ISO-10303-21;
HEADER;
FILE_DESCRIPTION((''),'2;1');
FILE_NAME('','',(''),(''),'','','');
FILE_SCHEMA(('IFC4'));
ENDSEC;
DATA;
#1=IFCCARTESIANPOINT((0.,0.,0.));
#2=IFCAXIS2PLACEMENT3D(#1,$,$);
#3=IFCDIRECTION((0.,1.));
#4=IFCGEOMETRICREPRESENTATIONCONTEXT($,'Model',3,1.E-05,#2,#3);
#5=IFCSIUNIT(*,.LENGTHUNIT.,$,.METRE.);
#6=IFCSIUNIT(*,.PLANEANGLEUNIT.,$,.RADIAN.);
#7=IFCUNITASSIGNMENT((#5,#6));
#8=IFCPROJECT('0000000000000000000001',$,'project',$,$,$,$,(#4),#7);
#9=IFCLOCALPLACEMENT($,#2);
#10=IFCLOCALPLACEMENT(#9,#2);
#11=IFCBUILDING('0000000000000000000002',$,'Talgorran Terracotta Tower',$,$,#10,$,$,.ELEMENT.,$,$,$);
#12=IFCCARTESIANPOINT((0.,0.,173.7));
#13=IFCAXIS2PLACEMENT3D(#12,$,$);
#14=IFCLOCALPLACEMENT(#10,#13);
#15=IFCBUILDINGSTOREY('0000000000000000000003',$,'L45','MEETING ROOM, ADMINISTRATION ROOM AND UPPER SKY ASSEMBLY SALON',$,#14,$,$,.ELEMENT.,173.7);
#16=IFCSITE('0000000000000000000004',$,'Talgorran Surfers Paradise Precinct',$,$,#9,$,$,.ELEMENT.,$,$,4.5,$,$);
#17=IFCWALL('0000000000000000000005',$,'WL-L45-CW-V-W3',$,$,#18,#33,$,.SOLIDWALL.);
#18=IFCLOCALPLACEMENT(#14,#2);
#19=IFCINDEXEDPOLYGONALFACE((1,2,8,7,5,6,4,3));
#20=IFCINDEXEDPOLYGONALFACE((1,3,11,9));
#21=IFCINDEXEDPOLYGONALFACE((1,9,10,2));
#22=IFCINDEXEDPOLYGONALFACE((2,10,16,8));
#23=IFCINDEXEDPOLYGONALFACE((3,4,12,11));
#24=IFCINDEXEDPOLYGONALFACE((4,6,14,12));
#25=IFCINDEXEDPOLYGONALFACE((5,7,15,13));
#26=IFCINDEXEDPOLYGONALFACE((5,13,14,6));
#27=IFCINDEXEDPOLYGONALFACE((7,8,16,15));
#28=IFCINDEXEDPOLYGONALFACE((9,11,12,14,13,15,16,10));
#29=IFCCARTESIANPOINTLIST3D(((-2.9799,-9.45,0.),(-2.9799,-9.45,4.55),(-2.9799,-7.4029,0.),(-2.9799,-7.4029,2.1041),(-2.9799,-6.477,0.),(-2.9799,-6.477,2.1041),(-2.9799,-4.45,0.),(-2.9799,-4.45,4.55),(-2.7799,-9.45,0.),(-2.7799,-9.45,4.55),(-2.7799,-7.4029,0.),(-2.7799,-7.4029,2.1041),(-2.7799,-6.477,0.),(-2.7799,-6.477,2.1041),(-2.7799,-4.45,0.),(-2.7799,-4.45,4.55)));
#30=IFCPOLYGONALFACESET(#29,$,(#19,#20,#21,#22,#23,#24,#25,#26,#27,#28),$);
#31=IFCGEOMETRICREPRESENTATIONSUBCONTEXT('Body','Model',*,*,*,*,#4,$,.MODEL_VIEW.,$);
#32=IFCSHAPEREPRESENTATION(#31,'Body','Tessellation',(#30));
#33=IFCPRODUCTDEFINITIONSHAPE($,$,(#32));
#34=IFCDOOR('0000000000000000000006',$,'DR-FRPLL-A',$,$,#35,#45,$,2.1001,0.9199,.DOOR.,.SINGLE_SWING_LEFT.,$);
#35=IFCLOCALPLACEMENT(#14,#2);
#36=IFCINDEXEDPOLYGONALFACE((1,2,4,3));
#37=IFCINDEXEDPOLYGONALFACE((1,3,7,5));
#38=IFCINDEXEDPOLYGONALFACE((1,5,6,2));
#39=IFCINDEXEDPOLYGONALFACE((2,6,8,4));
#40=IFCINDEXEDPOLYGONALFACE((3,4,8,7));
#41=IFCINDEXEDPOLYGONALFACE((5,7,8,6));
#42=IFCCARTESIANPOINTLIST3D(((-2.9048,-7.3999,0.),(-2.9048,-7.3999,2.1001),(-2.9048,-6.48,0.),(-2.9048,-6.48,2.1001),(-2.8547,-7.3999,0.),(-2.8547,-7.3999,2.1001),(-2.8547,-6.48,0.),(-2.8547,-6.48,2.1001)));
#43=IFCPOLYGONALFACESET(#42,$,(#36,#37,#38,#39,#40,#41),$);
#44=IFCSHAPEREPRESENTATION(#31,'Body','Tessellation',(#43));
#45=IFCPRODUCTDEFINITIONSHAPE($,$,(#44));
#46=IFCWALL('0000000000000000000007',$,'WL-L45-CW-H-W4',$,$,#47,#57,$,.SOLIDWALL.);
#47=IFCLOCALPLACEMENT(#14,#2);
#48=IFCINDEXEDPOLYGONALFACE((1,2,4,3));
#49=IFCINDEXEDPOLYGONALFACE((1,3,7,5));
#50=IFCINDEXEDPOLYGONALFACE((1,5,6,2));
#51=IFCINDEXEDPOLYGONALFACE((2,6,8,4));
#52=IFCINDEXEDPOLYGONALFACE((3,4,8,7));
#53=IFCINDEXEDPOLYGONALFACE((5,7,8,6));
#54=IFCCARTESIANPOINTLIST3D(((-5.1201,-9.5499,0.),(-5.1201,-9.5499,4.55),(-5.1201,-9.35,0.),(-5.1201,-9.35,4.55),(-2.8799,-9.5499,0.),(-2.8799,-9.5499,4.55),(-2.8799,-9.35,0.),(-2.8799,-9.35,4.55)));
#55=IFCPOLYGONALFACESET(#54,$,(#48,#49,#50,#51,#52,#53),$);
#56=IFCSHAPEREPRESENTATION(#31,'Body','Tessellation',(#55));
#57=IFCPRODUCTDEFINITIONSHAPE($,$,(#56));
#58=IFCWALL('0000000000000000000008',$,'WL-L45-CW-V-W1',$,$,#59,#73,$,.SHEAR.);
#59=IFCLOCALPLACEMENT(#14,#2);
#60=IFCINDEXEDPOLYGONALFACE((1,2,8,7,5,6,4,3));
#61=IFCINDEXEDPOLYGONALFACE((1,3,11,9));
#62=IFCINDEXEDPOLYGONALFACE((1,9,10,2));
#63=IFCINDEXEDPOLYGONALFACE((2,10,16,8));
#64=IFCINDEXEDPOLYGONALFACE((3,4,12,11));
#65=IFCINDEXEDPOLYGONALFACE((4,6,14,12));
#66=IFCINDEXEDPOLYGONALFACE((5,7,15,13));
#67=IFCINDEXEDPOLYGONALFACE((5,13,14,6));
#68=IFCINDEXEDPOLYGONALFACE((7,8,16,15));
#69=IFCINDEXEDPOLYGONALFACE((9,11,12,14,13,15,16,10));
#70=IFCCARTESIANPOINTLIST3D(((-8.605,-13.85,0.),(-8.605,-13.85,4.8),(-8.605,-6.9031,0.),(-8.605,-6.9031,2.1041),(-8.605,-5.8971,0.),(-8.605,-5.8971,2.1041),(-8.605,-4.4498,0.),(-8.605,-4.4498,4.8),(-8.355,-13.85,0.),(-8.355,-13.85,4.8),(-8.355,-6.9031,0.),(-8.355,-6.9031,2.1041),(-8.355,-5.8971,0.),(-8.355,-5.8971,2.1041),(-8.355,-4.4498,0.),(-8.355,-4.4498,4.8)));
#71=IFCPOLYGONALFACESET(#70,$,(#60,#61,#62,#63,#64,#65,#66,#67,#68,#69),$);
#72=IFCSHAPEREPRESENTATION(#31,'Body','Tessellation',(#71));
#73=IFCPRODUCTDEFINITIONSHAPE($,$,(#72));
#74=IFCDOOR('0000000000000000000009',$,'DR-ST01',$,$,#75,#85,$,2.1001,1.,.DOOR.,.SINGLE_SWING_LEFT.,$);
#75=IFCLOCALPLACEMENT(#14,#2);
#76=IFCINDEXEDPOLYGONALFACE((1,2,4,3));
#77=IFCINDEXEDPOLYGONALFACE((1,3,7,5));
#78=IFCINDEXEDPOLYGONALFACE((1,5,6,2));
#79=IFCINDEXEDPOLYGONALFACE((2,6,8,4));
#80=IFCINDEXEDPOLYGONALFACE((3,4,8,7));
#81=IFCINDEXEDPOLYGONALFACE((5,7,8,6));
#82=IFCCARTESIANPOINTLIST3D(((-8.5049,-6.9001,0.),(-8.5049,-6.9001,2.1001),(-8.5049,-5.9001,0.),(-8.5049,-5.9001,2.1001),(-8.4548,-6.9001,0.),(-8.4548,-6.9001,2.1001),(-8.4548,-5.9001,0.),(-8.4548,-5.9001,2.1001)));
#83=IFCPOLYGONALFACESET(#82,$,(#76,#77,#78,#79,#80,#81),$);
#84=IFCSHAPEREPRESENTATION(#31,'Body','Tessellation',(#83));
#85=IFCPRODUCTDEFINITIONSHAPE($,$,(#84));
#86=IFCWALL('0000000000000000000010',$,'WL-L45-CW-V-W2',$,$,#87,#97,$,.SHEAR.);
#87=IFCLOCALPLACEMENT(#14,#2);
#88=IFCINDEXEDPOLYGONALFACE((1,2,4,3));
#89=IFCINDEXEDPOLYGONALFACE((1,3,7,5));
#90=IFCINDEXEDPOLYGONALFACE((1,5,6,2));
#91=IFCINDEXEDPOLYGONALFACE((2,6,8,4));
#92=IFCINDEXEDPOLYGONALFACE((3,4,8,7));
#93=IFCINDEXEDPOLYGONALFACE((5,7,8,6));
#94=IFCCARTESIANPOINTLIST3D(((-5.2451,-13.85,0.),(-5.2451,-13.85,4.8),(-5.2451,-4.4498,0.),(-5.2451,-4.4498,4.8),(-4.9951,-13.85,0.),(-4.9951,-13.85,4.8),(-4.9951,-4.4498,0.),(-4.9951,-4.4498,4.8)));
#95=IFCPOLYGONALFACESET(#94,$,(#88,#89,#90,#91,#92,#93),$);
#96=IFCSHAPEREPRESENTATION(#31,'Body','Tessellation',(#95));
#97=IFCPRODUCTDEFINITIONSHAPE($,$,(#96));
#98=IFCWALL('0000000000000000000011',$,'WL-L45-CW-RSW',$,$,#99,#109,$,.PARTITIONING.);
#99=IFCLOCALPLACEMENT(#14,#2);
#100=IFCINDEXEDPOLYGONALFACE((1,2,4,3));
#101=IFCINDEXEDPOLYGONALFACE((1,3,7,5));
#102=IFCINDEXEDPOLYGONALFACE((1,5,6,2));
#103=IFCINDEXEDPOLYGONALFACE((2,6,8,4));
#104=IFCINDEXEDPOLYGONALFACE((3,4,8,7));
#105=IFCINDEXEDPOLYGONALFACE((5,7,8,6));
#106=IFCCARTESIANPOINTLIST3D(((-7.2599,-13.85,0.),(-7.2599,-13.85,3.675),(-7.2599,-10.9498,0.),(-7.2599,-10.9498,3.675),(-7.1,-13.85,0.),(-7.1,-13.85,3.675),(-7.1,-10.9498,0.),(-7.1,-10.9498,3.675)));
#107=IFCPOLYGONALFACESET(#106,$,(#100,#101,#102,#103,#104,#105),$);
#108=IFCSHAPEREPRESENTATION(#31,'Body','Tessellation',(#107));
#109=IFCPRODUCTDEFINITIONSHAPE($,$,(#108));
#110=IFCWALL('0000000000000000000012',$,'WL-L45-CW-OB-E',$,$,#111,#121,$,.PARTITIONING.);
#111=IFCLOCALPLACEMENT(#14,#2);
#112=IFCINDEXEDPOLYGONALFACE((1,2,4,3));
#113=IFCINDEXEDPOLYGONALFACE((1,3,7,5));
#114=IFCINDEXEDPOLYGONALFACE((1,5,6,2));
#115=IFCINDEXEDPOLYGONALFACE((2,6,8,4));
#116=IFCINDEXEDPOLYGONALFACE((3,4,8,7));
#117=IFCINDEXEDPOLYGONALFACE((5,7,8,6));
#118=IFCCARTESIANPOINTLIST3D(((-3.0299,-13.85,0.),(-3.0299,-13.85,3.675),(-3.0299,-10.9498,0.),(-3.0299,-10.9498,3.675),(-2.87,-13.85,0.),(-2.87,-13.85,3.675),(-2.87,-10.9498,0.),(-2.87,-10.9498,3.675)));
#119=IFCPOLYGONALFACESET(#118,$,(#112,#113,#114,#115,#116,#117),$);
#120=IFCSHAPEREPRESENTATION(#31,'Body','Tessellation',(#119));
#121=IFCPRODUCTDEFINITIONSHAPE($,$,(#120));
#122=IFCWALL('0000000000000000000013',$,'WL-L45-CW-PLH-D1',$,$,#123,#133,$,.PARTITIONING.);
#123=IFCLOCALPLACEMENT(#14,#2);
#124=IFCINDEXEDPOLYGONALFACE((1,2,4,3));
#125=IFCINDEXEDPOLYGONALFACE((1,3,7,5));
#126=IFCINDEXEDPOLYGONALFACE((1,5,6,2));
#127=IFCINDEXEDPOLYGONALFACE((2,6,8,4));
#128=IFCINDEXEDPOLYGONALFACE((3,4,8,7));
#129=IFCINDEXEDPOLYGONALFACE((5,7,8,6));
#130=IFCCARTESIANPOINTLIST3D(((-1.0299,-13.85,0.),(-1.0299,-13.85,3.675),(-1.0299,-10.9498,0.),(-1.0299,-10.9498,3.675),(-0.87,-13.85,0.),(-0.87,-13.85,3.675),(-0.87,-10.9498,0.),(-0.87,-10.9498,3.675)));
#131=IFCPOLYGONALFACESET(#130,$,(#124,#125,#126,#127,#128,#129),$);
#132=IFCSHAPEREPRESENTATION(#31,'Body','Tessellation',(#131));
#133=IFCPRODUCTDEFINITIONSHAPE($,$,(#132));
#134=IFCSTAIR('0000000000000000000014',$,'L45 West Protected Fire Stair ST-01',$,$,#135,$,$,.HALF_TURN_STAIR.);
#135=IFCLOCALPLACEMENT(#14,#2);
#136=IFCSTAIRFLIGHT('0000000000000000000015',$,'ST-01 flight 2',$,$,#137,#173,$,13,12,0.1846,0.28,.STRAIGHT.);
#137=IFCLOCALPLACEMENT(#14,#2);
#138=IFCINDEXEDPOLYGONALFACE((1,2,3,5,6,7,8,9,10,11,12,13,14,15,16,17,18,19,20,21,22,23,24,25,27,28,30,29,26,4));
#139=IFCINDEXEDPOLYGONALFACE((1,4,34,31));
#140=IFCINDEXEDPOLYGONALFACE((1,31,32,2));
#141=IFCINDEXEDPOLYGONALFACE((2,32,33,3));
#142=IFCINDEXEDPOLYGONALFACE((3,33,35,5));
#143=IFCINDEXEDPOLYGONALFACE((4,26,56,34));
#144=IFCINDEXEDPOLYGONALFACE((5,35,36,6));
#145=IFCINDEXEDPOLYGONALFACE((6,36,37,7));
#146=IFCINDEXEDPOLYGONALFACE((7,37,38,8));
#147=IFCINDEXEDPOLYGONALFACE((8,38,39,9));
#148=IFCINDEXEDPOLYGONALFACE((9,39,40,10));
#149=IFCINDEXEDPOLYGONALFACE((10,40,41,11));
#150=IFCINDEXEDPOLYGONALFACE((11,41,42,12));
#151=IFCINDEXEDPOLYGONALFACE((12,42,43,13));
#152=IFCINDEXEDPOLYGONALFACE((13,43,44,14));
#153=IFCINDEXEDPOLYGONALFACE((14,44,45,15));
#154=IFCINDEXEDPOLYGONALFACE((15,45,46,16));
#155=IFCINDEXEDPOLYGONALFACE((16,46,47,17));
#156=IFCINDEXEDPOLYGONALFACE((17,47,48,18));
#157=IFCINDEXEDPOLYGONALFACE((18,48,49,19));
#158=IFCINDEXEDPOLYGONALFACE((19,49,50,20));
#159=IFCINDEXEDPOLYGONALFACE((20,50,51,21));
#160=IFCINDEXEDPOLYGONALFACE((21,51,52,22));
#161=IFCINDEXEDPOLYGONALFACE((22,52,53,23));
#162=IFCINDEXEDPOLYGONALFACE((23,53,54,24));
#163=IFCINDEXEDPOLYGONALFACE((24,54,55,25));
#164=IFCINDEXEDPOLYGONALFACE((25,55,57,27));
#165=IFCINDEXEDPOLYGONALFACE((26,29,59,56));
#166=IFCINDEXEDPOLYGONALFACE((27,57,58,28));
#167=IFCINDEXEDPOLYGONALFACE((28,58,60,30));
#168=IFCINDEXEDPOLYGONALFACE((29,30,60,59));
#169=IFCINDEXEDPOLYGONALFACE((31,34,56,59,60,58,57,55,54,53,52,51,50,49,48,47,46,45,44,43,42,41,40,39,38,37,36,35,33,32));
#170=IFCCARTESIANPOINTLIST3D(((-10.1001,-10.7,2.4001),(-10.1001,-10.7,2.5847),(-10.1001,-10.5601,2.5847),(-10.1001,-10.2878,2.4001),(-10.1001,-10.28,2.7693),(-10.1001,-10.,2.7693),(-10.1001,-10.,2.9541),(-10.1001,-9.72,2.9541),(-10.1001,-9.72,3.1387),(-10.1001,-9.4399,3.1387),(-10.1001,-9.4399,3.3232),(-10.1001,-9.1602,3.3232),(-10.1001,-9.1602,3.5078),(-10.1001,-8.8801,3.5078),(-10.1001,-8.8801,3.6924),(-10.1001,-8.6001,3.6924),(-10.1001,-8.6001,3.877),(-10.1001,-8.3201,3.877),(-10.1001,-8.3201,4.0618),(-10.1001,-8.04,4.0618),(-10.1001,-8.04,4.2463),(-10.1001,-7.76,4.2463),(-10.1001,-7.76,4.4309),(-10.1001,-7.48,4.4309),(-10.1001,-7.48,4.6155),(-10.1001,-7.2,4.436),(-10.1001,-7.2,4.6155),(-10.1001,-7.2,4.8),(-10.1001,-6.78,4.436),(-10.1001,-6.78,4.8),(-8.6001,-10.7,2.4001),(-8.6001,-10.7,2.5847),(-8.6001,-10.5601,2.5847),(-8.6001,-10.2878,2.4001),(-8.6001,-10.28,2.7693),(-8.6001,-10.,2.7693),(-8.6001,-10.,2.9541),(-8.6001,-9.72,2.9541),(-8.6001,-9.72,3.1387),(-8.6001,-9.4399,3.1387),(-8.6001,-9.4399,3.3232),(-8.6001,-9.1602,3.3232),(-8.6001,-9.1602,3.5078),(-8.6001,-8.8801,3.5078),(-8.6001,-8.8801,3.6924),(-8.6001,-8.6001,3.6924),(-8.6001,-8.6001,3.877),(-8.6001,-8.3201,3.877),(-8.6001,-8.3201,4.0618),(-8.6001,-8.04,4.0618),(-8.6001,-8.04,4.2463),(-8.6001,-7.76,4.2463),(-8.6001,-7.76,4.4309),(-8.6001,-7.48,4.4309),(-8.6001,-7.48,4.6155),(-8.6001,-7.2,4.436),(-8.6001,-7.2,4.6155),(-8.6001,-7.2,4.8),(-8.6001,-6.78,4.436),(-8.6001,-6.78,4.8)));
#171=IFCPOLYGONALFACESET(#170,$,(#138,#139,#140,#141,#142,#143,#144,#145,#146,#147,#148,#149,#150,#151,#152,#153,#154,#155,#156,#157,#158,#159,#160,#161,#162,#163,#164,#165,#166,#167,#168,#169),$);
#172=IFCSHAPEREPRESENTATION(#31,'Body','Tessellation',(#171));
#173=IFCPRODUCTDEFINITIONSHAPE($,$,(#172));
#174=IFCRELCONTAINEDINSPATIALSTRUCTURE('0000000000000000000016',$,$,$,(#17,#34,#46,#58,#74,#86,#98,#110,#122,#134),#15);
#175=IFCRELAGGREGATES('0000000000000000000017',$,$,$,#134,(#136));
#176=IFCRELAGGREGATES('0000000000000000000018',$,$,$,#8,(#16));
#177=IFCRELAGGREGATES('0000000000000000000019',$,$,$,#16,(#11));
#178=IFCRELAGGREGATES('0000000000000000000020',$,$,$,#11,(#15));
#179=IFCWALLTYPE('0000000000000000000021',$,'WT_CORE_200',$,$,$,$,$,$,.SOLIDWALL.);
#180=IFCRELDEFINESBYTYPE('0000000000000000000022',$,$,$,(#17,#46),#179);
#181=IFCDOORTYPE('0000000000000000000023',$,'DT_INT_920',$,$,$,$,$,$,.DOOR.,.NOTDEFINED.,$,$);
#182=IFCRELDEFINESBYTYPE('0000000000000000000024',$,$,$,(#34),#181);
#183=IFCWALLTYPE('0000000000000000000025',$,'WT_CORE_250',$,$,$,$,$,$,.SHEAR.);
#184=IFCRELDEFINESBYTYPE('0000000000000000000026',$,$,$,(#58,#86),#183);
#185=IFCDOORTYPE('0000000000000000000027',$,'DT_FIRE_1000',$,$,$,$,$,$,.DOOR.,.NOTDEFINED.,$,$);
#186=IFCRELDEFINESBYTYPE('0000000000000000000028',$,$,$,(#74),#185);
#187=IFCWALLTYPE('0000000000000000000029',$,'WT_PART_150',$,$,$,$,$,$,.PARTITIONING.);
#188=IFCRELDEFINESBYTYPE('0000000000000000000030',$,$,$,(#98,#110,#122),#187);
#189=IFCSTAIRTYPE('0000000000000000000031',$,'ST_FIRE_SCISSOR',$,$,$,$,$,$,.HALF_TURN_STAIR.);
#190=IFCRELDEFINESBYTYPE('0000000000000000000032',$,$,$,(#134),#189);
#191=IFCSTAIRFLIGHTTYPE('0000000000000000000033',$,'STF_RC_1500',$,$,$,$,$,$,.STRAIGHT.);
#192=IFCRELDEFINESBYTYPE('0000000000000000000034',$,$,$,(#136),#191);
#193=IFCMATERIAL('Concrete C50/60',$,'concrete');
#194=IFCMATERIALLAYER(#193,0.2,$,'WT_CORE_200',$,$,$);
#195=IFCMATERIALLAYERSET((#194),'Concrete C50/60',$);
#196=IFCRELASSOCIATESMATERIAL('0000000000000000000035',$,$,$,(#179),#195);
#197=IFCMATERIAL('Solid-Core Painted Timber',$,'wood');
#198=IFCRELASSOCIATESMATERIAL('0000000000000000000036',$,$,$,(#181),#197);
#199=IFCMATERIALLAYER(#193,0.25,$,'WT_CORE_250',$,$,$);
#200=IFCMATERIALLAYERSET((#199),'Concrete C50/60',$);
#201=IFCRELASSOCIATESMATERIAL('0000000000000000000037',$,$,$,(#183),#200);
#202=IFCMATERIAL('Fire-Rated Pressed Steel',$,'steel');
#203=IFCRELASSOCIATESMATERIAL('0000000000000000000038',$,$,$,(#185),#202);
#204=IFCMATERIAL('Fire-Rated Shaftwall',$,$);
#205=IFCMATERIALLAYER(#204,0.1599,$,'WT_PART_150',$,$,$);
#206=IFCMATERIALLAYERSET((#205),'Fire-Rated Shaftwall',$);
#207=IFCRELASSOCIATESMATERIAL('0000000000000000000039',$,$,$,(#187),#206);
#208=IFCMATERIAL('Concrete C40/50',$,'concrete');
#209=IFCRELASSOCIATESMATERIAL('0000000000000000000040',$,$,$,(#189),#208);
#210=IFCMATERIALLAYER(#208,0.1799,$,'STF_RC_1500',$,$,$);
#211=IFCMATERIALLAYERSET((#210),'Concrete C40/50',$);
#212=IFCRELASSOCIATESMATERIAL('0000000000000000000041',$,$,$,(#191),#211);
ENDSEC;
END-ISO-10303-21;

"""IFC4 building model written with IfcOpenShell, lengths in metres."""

from ifc_helpers import new_model, si_unit, direction, frame, frame_2d, origin, place, context, subcontext, project, spatial, polyline, rectangle, outline, extrude, material, layer, layer_set, type_object, element, fill, aggregate, save


model = new_model("IFC4")

# Units and contexts
model_context = context("Model", 3, precision=1e-05, world=origin(), true_north=direction((0.0, 1.0)))
body_context = subcontext(model_context, "Body", "Model", "MODEL_VIEW")
ifc_project = project(units=[si_unit("LENGTHUNIT", "METRE"), si_unit("PLANEANGLEUNIT", "RADIAN")], contexts=[model_context])

# Site, building, storey
site_placement = place(None, origin())
site = spatial("IfcSite", under=ifc_project, at=site_placement, Name="Talgorran Surfers Paradise Precinct", CompositionType="ELEMENT", RefElevation=4.5)
building_placement = place(site_placement, origin())
building = spatial("IfcBuilding", under=site, at=building_placement, Name="Talgorran Terracotta Tower", CompositionType="ELEMENT")
storey_placement = place(building_placement, frame((0.0, 0.0, 173.7)))
storey = spatial("IfcBuildingStorey", under=building, at=storey_placement, Name="L45", Description="MEETING ROOM, ADMINISTRATION ROOM AND UPPER SKY ASSEMBLY SALON", CompositionType="ELEMENT", Elevation=173.7)

# Shared definitions
ifc_material_1 = material(Name="Concrete C50/60", Category="concrete")

# Shared definitions
ifc_layer_1 = layer(ifc_material_1, 0.2, Name="WT_CORE_200")
ifc_layer_set_1 = layer_set([ifc_layer_1], Name="Concrete C50/60")
wall_type_1 = type_object("IfcWallType", Name="WT_CORE_200", PredefinedType="SOLIDWALL", material=ifc_layer_set_1)
ifc_material_2 = material(Name="Fire-Rated Pressed Steel", Category="steel")

# Wall, opening, door
wall_1_placement = place(storey_placement, frame((-2.8799, -9.45, 0.0), z_axis=(0.0, 0.0, 1.0), x_axis=(0.0, 1.0, 0.0)))
wall_1 = element("IfcWall", 1, at=wall_1_placement, inside=storey, type_object=wall_type_1, Name="WL-L45-CW-V-W3", PredefinedType="SOLIDWALL", context=body_context, shape_type="SweptSolid", body=[
    extrude(rectangle(XDim=5.0, YDim=0.2, at=frame_2d((2.5, 0.0))), origin(), (0.0, 0.0, 1.0), 4.55),
])
opening_1_placement = place(wall_1_placement, frame((2.05, 0.0, 0.0)))
opening_1 = element("IfcOpeningElement", 2, at=opening_1_placement, cuts=wall_1, PredefinedType="OPENING", context=body_context, shape_type="SweptSolid", body=[
    extrude(rectangle(XDim=0.9259, YDim=2.1041, at=frame_2d((0.46, 1.052))), frame((0.0, 0.1099, 0.0), z_axis=(0.0, -1.0, 0.0), x_axis=(1.0, 0.0, 0.0)), (0.0, 0.0, 1.0), 0.22),
])
ifc_material_3 = material(Name="Solid-Core Painted Timber", Category="wood")
door_type_1 = type_object("IfcDoorType", Name="DT_INT_920", OperationType="NOTDEFINED", PredefinedType="DOOR", material=ifc_material_3)
door_1_placement = place(opening_1_placement, origin())
door_1 = element("IfcDoor", 3, at=door_1_placement, inside=storey, type_object=door_type_1, Name="DR-FRPLL-A", OperationType="SINGLE_SWING_LEFT", OverallHeight=2.1001, OverallWidth=0.9199, PredefinedType="DOOR", context=body_context, shape_type="SweptSolid", body=[
    extrude(rectangle(XDim=0.9199, YDim=2.1001, at=frame_2d((0.46, 1.05))), frame((0.0, 0.0249, 0.0), z_axis=(0.0, -1.0, 0.0), x_axis=(1.0, 0.0, 0.0)), (0.0, 0.0, 1.0), 0.05),
])
fill(opening_1, door_1)

# Wall
wall_2_placement = place(storey_placement, frame((-5.1201, -9.45, 0.0), z_axis=(0.0, 0.0, 1.0), x_axis=(1.0, 0.0, 0.0)))
element("IfcWall", 4, at=wall_2_placement, inside=storey, type_object=wall_type_1, Name="WL-L45-CW-H-W4", PredefinedType="SOLIDWALL", context=body_context, shape_type="SweptSolid", body=[
    extrude(rectangle(XDim=2.2402, YDim=0.2, at=frame_2d((1.1201, 0.0))), origin(), (0.0, 0.0, 1.0), 4.55),
])

# Wall, opening, door
ifc_layer_2 = layer(ifc_material_1, 0.25, Name="WT_CORE_250")
ifc_layer_set_2 = layer_set([ifc_layer_2], Name="Concrete C50/60")
wall_type_2 = type_object("IfcWallType", Name="WT_CORE_250", PredefinedType="SHEAR", material=ifc_layer_set_2)
wall_3_placement = place(storey_placement, frame((-8.48, -13.8501, 0.0), z_axis=(0.0, 0.0, 1.0), x_axis=(0.0, 1.0, 0.0)))
wall_3 = element("IfcWall", 5, at=wall_3_placement, inside=storey, type_object=wall_type_2, Name="WL-L45-CW-V-W1", PredefinedType="SHEAR", context=body_context, shape_type="SweptSolid", body=[
    extrude(rectangle(XDim=9.4001, YDim=0.25, at=frame_2d((4.7002, 0.0))), origin(), (0.0, 0.0, 1.0), 4.8),
])
opening_2_placement = place(wall_3_placement, frame((6.95, 0.0, 0.0)))
opening_2 = element("IfcOpeningElement", 6, at=opening_2_placement, cuts=wall_3, PredefinedType="OPENING", context=body_context, shape_type="SweptSolid", body=[
    extrude(rectangle(XDim=1.006, YDim=2.1041, at=frame_2d((0.5, 1.052))), frame((0.0, 0.135, 0.0), z_axis=(0.0, -1.0, 0.0), x_axis=(1.0, 0.0, 0.0)), (0.0, 0.0, 1.0), 0.27),
])
door_type_2 = type_object("IfcDoorType", Name="DT_FIRE_1000", OperationType="NOTDEFINED", PredefinedType="DOOR", material=ifc_material_2)
door_2_placement = place(opening_2_placement, origin())
door_2 = element("IfcDoor", 7, at=door_2_placement, inside=storey, type_object=door_type_2, Name="DR-ST01", OperationType="SINGLE_SWING_LEFT", OverallHeight=2.1001, OverallWidth=1.0, PredefinedType="DOOR", context=body_context, shape_type="SweptSolid", body=[
    extrude(rectangle(XDim=1.0, YDim=2.1001, at=frame_2d((0.5, 1.05))), frame((0.0, 0.0249, 0.0), z_axis=(0.0, -1.0, 0.0), x_axis=(1.0, 0.0, 0.0)), (0.0, 0.0, 1.0), 0.05),
])
fill(opening_2, door_2)

# Walls
wall_4_placement = place(storey_placement, frame((-5.1201, -13.8501, 0.0), z_axis=(0.0, 0.0, 1.0), x_axis=(0.0, 1.0, 0.0)))
element("IfcWall", 8, at=wall_4_placement, inside=storey, type_object=wall_type_2, Name="WL-L45-CW-V-W2", PredefinedType="SHEAR", context=body_context, shape_type="SweptSolid", body=[
    extrude(rectangle(XDim=9.4001, YDim=0.25, at=frame_2d((4.7002, 0.0))), origin(), (0.0, 0.0, 1.0), 4.8),
])
ifc_material_4 = material(Name="Fire-Rated Shaftwall")
ifc_layer_3 = layer(ifc_material_4, 0.1599, Name="WT_PART_150")
ifc_layer_set_3 = layer_set([ifc_layer_3], Name="Fire-Rated Shaftwall")
wall_type_3 = type_object("IfcWallType", Name="WT_PART_150", PredefinedType="PARTITIONING", material=ifc_layer_set_3)
for number, where, z_axis, x_axis, name in (
    (9, (-7.1799, -13.8501, 0.0), (0.0, 0.0, 1.0), (0.0, 1.0, 0.0), "WL-L45-CW-RSW"),
    (10, (-2.95, -13.8501, 0.0), (0.0, 0.0, 1.0), (0.0, 1.0, 0.0), "WL-L45-CW-OB-E"),
    (11, (-0.95, -13.8501, 0.0), (0.0, 0.0, 1.0), (0.0, 1.0, 0.0), "WL-L45-CW-PLH-D1"),
):
    element("IfcWall", number, at=place(storey_placement, frame(where, z_axis=z_axis, x_axis=x_axis)), inside=storey, type_object=wall_type_3, Name=name, PredefinedType="PARTITIONING", context=body_context, shape_type="SweptSolid", body=[
        extrude(rectangle(XDim=2.9001, YDim=0.1599, at=frame_2d((1.4502, 0.0))), origin(), (0.0, 0.0, 1.0), 3.675),
    ])

# Stair, stair flight
ifc_material_5 = material(Name="Concrete C40/50", Category="concrete")
stair_type = type_object("IfcStairType", Name="ST_FIRE_SCISSOR", PredefinedType="HALF_TURN_STAIR", material=ifc_material_5)
stair_placement = place(storey_placement, origin())
stair = element("IfcStair", 12, at=stair_placement, inside=storey, type_object=stair_type, Name="L45 West Protected Fire Stair ST-01", PredefinedType="HALF_TURN_STAIR")
ifc_layer_4 = layer(ifc_material_5, 0.1799, Name="STF_RC_1500")
ifc_layer_set_4 = layer_set([ifc_layer_4], Name="Concrete C40/50")
stair_flight_type = type_object("IfcStairFlightType", Name="STF_RC_1500", PredefinedType="STRAIGHT", material=ifc_layer_set_4)
stair_flight_placement = place(storey_placement, frame((-9.3501, -10.5601, 2.4001), z_axis=(0.0, 0.0, 1.0), x_axis=(0.0, 1.0, 0.0)))
stair_flight = element("IfcStairFlight", 13, at=stair_flight_placement, type_object=stair_flight_type, Name="ST-01 flight 2", NumberOfRisers=13, NumberOfTreads=12, PredefinedType="STRAIGHT", RiserHeight=0.1846, TreadLength=0.28, context=body_context, shape_type="SweptSolid", body=[
    extrude(outline(polyline([(-0.1399, 0.0), (-0.1399, 0.1846), (0.0, 0.1846), (0.28, 0.3691), (0.5601, 0.3691), (0.5601, 0.554), (0.8401, 0.554), (0.8401, 0.7385), (1.1201, 0.7385), (1.1201, 0.9231), (1.3999, 0.9231), (1.3999, 1.1077), (1.6799, 1.1077), (1.6799, 1.2922), (1.96, 1.2922), (1.96, 1.4768), (2.24, 1.4768), (2.24, 1.6616), (2.52, 1.6616), (2.52, 1.8462), (2.8, 1.8462), (2.8, 2.0308), (3.0801, 2.0308), (3.0801, 2.2153), (3.3601, 2.2153), (3.3601, 2.3999), (3.78, 2.3999), (3.78, 2.0359), (3.3601, 2.0359), (0.2722, 0.0), (-0.1399, 0.0)])), frame((0.0, 0.75, 0.0), z_axis=(0.0, -1.0, 0.0), x_axis=(1.0, 0.0, 0.0)), (0.0, 0.0, 1.0), 1.5),
])
aggregate(stair, [stair_flight])

save(model, "model.ifc")
